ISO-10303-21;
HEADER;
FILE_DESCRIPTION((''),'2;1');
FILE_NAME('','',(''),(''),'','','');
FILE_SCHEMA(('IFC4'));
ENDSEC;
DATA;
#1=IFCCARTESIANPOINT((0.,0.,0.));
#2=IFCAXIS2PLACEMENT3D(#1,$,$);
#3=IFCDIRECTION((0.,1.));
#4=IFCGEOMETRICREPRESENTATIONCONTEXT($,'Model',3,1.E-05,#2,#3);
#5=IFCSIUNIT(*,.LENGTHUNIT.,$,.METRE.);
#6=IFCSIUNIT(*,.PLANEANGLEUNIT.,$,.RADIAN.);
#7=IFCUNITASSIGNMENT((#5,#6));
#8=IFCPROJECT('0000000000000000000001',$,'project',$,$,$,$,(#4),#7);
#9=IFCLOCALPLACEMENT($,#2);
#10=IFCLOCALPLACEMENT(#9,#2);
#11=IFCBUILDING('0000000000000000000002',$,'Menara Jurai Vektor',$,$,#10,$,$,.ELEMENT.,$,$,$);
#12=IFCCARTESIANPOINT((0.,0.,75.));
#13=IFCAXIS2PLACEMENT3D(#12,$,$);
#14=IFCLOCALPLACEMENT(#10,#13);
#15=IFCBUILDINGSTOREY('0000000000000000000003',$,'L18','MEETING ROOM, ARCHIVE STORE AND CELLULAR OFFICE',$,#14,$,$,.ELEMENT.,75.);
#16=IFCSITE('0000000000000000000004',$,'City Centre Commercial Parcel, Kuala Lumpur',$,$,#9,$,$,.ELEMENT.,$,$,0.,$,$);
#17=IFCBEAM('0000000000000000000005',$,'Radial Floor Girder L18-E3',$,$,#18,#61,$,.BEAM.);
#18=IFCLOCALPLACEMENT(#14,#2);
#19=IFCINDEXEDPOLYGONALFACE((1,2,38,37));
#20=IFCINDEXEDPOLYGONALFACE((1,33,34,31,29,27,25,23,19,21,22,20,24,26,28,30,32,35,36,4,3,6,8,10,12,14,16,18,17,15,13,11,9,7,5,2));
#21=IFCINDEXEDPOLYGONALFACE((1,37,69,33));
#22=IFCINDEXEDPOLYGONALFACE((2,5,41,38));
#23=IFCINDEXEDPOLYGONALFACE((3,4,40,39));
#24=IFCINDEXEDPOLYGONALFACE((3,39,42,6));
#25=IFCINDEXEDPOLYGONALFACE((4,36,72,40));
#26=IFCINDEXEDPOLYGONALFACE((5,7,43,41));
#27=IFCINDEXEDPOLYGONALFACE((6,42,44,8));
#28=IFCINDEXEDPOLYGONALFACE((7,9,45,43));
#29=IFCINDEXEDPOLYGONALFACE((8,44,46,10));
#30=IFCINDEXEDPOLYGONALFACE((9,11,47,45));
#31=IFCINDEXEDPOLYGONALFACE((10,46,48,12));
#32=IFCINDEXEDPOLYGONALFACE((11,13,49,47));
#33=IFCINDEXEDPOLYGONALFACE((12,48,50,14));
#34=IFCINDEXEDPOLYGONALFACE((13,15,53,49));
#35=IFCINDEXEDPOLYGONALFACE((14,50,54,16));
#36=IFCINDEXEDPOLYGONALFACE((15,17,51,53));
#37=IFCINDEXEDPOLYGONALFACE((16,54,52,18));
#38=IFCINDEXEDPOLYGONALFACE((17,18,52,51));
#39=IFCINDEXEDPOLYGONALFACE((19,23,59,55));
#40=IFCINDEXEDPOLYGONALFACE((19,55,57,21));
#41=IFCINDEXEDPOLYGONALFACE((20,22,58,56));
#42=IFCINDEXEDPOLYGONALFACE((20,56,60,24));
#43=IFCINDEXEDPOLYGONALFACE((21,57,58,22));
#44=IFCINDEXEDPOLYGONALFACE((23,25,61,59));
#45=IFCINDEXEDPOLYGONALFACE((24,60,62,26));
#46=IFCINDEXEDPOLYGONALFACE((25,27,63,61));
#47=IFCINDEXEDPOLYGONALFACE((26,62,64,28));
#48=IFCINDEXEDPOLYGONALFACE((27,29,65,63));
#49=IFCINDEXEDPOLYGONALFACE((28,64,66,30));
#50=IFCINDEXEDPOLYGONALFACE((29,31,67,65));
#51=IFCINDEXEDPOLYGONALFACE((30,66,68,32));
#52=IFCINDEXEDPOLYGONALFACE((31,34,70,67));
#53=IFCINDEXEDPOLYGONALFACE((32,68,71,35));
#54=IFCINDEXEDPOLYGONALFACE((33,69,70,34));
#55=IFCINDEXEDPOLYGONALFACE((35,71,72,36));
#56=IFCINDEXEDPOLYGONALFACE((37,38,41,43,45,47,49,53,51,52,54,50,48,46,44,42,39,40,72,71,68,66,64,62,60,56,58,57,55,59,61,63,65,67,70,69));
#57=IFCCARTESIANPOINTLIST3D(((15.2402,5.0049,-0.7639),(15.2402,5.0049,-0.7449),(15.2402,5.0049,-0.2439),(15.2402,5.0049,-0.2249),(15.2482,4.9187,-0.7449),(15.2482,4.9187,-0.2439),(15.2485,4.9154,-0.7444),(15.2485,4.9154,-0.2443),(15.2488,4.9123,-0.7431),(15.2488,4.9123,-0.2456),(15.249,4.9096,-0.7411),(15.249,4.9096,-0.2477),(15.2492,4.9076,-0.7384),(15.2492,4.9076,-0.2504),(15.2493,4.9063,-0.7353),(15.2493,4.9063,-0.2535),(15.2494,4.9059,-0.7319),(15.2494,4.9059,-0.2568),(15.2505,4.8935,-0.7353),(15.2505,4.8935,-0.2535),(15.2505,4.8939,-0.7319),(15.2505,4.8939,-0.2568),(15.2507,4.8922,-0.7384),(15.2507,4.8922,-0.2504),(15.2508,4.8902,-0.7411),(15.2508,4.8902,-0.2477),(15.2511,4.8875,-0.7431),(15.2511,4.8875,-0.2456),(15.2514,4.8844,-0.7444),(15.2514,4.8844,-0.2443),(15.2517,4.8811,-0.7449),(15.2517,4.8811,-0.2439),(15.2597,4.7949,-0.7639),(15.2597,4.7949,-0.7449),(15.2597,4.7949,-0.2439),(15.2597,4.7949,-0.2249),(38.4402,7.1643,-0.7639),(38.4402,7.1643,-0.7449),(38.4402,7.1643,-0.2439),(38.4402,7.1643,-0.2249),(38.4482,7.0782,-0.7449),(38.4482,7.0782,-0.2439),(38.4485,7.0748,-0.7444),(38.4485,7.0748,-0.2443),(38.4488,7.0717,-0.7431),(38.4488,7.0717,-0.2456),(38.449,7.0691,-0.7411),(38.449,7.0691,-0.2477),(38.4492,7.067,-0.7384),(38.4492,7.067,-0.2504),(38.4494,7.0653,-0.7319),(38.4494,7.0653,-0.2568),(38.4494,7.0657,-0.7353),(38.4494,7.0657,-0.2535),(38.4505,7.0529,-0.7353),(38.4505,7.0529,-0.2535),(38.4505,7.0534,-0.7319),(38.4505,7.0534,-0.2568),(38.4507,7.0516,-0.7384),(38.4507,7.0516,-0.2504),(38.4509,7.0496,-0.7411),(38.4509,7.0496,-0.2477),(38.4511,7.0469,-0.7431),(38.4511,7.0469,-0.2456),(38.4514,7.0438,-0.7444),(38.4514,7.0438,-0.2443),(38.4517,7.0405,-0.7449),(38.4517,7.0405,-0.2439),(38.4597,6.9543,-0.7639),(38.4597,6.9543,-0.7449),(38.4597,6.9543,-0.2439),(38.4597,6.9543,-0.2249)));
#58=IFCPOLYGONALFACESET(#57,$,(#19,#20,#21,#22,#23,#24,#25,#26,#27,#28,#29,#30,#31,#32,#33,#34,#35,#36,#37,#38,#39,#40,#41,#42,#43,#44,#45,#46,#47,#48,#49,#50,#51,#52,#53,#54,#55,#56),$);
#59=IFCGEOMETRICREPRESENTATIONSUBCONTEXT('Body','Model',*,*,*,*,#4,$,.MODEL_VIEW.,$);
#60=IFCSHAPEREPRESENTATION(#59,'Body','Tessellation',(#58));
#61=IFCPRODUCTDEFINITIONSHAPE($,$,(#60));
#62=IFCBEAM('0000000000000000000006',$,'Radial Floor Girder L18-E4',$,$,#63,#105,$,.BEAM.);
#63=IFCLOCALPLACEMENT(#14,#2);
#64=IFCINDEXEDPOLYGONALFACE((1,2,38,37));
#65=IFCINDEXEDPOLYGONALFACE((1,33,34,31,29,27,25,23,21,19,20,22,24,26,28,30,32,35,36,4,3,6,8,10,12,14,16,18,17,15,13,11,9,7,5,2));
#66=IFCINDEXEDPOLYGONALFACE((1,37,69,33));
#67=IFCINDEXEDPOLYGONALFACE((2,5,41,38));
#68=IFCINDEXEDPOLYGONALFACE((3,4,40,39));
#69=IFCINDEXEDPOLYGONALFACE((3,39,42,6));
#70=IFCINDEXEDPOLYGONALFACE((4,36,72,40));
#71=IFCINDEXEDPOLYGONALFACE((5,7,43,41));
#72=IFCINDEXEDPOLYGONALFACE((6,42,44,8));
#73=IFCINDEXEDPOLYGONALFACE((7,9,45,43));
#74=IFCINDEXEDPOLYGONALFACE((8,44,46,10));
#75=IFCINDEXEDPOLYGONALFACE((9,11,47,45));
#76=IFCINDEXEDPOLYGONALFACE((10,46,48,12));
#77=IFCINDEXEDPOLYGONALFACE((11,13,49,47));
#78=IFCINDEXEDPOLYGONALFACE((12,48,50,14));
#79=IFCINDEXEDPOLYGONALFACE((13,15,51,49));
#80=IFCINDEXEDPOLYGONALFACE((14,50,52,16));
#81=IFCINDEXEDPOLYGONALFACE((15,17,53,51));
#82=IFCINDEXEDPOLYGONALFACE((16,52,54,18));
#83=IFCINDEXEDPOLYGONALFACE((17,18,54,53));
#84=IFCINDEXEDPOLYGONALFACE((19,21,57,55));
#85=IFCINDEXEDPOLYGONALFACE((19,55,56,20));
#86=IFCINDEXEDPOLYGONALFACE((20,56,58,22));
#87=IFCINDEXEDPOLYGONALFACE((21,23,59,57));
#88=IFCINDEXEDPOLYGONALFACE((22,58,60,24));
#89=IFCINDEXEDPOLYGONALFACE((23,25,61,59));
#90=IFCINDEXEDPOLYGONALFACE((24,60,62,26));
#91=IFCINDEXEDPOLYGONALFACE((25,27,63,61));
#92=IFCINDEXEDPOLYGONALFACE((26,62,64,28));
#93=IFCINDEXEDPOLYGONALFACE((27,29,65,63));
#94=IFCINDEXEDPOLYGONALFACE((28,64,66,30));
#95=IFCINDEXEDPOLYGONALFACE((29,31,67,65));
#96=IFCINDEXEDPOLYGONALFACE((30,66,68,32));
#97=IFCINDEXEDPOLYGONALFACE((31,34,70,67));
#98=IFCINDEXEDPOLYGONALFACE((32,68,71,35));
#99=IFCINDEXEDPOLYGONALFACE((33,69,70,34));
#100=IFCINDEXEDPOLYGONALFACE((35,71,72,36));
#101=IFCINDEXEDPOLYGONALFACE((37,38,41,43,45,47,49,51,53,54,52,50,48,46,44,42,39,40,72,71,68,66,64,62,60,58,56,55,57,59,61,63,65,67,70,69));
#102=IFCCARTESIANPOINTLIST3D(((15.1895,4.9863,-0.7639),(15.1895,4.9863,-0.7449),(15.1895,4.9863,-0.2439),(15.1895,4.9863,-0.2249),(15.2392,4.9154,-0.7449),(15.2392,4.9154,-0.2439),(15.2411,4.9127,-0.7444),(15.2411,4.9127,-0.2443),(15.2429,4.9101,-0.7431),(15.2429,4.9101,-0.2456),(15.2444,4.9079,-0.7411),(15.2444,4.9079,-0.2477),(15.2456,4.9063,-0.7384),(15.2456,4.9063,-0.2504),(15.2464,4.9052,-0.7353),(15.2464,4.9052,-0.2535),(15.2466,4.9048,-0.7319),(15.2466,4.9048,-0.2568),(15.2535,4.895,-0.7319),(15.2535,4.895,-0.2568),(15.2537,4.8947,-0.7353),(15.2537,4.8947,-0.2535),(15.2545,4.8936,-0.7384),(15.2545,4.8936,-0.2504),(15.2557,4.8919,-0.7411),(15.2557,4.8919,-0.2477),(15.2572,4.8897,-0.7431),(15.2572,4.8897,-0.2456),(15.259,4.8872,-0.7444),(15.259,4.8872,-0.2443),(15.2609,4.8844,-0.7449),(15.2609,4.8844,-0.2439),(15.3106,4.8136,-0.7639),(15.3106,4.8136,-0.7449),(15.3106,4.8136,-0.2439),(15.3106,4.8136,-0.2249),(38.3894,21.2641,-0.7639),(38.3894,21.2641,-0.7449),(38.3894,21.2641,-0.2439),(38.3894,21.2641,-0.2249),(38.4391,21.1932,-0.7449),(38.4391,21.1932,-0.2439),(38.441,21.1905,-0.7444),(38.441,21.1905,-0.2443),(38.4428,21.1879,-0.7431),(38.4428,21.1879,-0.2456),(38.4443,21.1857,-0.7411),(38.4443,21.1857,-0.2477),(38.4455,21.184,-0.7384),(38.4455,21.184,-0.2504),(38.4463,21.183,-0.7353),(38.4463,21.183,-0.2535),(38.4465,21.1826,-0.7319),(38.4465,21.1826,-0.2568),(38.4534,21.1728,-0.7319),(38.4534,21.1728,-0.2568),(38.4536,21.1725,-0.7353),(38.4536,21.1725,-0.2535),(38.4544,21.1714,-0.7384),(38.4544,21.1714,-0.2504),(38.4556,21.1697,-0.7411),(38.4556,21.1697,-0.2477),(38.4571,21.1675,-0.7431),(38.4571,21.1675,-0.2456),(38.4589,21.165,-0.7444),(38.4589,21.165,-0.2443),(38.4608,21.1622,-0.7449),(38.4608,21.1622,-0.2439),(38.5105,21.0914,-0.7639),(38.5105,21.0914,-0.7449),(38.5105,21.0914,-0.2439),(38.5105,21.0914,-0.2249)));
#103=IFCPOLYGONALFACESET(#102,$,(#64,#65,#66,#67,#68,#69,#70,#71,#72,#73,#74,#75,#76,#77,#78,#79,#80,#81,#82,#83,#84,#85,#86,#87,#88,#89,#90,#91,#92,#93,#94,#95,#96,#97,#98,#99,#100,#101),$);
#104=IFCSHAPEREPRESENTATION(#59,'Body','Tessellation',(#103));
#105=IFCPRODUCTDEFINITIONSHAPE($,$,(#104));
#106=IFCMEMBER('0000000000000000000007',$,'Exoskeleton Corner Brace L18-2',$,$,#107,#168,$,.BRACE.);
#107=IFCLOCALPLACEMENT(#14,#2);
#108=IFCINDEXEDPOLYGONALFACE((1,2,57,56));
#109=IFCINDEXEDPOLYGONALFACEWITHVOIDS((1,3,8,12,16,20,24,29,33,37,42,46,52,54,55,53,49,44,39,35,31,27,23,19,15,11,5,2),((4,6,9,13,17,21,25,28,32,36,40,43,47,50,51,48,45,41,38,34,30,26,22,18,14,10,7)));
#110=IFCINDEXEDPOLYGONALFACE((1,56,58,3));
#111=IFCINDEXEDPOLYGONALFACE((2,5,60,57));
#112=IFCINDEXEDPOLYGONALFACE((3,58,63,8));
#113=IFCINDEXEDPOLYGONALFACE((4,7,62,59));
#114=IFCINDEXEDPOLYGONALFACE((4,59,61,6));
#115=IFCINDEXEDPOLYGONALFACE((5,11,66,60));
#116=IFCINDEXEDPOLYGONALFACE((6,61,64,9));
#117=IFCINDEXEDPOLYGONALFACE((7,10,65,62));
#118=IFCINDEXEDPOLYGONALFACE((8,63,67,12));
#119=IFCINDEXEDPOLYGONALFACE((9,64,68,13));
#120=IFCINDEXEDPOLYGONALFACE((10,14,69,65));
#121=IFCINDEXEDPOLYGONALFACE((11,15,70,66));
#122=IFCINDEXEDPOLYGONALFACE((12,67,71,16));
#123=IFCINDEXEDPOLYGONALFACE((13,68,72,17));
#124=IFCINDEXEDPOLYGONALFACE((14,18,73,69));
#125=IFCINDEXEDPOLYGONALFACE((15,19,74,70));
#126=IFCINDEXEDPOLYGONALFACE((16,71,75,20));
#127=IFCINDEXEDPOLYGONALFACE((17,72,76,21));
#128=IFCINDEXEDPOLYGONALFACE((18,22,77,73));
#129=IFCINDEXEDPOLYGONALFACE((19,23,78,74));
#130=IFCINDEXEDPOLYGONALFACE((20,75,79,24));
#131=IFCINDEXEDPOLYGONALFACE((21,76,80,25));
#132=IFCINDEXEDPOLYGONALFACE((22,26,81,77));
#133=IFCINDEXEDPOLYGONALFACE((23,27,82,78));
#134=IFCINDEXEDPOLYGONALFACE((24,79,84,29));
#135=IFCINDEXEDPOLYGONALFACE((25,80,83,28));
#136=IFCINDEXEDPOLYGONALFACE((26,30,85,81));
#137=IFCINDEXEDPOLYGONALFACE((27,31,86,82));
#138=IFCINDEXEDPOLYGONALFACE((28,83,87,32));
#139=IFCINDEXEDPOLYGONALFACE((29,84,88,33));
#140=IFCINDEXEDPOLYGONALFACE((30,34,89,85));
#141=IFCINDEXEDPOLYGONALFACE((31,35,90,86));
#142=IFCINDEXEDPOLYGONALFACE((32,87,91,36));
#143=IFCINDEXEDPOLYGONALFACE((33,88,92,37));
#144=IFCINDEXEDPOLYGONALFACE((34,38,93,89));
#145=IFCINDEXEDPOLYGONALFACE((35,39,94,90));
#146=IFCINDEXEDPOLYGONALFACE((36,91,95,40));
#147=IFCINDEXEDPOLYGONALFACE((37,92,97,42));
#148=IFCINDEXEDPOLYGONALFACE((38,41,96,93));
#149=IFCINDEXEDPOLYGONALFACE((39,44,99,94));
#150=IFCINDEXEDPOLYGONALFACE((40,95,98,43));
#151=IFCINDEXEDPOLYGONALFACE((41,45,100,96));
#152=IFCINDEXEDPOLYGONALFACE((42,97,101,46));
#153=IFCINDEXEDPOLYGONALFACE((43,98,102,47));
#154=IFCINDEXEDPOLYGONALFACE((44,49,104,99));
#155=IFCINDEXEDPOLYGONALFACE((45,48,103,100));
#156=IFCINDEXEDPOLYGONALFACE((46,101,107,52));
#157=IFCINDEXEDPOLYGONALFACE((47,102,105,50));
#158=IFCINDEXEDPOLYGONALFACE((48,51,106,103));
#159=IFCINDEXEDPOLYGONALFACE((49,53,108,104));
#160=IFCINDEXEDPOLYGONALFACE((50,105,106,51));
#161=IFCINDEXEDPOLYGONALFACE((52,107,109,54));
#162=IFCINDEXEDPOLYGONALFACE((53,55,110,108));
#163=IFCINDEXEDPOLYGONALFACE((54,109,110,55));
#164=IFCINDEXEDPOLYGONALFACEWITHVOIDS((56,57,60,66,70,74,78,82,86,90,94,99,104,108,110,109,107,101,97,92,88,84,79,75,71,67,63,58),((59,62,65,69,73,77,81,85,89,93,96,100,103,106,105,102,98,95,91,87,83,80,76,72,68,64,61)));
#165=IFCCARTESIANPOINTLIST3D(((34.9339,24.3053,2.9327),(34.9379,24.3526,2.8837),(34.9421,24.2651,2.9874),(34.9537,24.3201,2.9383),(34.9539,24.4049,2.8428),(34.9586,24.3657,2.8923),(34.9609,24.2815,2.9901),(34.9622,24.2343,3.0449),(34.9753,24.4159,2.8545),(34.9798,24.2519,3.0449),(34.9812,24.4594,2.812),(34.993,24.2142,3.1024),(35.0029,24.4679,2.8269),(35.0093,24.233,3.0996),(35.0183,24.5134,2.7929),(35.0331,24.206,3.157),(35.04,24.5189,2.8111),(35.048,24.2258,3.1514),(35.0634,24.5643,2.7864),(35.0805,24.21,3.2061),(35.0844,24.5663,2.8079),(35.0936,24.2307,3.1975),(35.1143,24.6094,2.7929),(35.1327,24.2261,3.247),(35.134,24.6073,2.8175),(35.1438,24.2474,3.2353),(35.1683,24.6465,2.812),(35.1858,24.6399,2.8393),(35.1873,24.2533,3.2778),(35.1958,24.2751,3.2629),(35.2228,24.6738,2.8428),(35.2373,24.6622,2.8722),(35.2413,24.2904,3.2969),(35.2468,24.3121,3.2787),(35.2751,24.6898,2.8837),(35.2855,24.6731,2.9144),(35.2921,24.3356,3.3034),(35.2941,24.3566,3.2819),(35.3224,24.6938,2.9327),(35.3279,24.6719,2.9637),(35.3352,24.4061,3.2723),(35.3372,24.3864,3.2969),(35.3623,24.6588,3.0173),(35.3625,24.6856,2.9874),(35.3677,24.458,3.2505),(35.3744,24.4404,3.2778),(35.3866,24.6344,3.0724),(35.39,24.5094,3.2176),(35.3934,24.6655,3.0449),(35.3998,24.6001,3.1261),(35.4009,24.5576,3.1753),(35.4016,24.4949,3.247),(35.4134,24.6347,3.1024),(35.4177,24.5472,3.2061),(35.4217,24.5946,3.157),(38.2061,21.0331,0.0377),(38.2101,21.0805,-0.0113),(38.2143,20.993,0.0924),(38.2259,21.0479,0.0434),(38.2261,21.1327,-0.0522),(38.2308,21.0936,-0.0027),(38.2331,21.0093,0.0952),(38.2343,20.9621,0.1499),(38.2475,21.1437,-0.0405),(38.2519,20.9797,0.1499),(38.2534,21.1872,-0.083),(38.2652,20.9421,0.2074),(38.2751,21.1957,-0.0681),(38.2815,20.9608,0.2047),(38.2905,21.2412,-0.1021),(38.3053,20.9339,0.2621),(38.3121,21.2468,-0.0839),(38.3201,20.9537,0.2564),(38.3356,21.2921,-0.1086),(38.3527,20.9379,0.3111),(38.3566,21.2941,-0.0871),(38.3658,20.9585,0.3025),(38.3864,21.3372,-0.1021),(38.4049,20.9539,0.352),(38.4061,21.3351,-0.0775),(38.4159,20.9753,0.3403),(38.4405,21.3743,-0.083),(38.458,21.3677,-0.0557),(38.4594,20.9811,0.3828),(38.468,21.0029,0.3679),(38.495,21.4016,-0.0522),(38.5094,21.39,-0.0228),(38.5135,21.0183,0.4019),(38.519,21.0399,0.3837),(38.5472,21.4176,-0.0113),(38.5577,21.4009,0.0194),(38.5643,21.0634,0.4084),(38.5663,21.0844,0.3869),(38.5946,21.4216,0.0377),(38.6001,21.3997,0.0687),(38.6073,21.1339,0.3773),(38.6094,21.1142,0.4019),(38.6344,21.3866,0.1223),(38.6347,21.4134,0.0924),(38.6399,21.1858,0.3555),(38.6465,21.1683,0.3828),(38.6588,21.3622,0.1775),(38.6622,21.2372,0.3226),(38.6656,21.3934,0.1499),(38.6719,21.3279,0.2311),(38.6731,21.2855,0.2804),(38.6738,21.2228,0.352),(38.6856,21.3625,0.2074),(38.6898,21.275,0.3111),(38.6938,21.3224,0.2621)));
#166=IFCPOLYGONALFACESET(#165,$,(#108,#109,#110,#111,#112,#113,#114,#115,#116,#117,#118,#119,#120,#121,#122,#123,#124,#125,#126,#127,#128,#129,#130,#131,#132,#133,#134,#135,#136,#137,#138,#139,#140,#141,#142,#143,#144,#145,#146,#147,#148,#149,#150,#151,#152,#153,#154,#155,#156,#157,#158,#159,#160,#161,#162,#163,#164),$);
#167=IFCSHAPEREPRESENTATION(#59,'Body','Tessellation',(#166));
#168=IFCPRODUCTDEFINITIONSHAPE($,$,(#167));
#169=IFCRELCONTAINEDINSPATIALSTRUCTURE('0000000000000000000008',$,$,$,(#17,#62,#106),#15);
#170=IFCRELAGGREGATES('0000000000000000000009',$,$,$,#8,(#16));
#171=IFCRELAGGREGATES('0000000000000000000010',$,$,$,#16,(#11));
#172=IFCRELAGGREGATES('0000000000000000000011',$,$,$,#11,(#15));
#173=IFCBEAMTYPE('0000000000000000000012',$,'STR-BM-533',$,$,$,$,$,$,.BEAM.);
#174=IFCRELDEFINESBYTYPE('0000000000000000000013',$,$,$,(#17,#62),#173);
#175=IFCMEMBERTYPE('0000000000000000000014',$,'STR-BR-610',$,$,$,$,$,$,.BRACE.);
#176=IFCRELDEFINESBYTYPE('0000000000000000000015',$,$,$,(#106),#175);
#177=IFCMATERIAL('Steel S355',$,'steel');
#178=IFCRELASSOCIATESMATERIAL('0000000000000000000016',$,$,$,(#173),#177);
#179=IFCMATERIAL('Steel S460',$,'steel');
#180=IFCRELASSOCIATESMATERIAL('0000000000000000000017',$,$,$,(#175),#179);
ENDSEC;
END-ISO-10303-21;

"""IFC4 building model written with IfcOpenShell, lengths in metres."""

from ifc_helpers import new_model, si_unit, direction, frame, origin, origin_2d, place, context, subcontext, project, spatial, hollow_circle, i_section, extrude, material, material_profile, profile_set, type_object, element, save


model = new_model("IFC4")

# Units and contexts
model_context = context("Model", 3, precision=1e-05, world=origin(), true_north=direction((0.0, 1.0)))
body_context = subcontext(model_context, "Body", "Model", "MODEL_VIEW")
ifc_project = project(units=[si_unit("LENGTHUNIT", "METRE"), si_unit("PLANEANGLEUNIT", "RADIAN")], contexts=[model_context])

# Site, building, storey
site_placement = place(None, origin())
site = spatial("IfcSite", under=ifc_project, at=site_placement, Name="City Centre Commercial Parcel, Kuala Lumpur", CompositionType="ELEMENT", RefElevation=0.0)
building_placement = place(site_placement, origin())
building = spatial("IfcBuilding", under=site, at=building_placement, Name="Menara Jurai Vektor", CompositionType="ELEMENT")
storey_placement = place(building_placement, frame((0.0, 0.0, 75.0)))
storey = spatial("IfcBuildingStorey", under=building, at=storey_placement, Name="L18", Description="MEETING ROOM, ARCHIVE STORE AND CELLULAR OFFICE", CompositionType="ELEMENT", Elevation=75.0)

# Shared definitions
ifc_material_1 = material(Name="Steel S460", Category="steel")

# Beams
ifc_material_2 = material(Name="Steel S355", Category="steel")
ifc_material_profile_1 = material_profile(ifc_material_2, i_section(OverallWidth=0.2109, OverallDepth=0.5391, WebThickness=0.012, FlangeThickness=0.019, FilletRadius=0.0129, at=origin_2d()), Name="UKB 533x210x109")
ifc_profile_set_1 = profile_set([ifc_material_profile_1], Name="Steel S355")
beam_type_1 = type_object("IfcBeamType", Name="STR-BM-533", PredefinedType="BEAM", material=ifc_profile_set_1)
beam_1_placement = place(storey_placement, frame((38.45, 7.0593, -0.4944), z_axis=(-0.995696, -0.092678, 0.0), x_axis=(0.092678, -0.995696, 0.0)))
element("IfcBeam", 1, at=beam_1_placement, inside=storey, type_object=beam_type_1, Name="Radial Floor Girder L18-E3", PredefinedType="BEAM", context=body_context, shape_type="SweptSolid", body=[
    extrude(i_section(OverallWidth=0.2109, OverallDepth=0.5391, WebThickness=0.012, FlangeThickness=0.019, FilletRadius=0.0129, at=origin_2d()), origin(), (0.0, 0.0, 1.0), 23.3003),
])
beam_2_placement = place(storey_placement, frame((38.45, 21.1777, -0.4944), z_axis=(-0.818604, -0.574359, 0.0), x_axis=(0.574359, -0.818604, 0.0)))
element("IfcBeam", 2, at=beam_2_placement, inside=storey, type_object=beam_type_1, Name="Radial Floor Girder L18-E4", PredefinedType="BEAM", context=body_context, shape_type="SweptSolid", body=[
    extrude(i_section(OverallWidth=0.2109, OverallDepth=0.5391, WebThickness=0.012, FlangeThickness=0.019, FilletRadius=0.0129, at=origin_2d()), origin(), (0.0, 0.0, 1.0), 28.3408),
])

# Member
ifc_material_profile_2 = material_profile(ifc_material_1, hollow_circle(Radius=0.3049, WallThickness=0.0249, at=origin_2d()), Name="CHS 610x25")
ifc_profile_set_2 = profile_set([ifc_material_profile_2], Name="Steel S460")
member_type_1 = type_object("IfcMemberType", Name="STR-BR-610", PredefinedType="BRACE", material=ifc_profile_set_2)
member_1_placement = place(storey_placement, frame((38.45, 21.1777, 0.1499), z_axis=(-0.599465, 0.599465, 0.530363), x_axis=(-0.707107, -0.707107, 0.0)))
element("IfcMember", 3, at=member_1_placement, inside=storey, type_object=member_type_1, Name="Exoskeleton Corner Brace L18-2", PredefinedType="BRACE", context=body_context, shape_type="SweptSolid", body=[
    extrude(hollow_circle(Radius=0.3049, WallThickness=0.0249, at=origin_2d()), origin(), (0.0, 0.0, 1.0), 5.4585),
])

save(model, "model.ifc")
